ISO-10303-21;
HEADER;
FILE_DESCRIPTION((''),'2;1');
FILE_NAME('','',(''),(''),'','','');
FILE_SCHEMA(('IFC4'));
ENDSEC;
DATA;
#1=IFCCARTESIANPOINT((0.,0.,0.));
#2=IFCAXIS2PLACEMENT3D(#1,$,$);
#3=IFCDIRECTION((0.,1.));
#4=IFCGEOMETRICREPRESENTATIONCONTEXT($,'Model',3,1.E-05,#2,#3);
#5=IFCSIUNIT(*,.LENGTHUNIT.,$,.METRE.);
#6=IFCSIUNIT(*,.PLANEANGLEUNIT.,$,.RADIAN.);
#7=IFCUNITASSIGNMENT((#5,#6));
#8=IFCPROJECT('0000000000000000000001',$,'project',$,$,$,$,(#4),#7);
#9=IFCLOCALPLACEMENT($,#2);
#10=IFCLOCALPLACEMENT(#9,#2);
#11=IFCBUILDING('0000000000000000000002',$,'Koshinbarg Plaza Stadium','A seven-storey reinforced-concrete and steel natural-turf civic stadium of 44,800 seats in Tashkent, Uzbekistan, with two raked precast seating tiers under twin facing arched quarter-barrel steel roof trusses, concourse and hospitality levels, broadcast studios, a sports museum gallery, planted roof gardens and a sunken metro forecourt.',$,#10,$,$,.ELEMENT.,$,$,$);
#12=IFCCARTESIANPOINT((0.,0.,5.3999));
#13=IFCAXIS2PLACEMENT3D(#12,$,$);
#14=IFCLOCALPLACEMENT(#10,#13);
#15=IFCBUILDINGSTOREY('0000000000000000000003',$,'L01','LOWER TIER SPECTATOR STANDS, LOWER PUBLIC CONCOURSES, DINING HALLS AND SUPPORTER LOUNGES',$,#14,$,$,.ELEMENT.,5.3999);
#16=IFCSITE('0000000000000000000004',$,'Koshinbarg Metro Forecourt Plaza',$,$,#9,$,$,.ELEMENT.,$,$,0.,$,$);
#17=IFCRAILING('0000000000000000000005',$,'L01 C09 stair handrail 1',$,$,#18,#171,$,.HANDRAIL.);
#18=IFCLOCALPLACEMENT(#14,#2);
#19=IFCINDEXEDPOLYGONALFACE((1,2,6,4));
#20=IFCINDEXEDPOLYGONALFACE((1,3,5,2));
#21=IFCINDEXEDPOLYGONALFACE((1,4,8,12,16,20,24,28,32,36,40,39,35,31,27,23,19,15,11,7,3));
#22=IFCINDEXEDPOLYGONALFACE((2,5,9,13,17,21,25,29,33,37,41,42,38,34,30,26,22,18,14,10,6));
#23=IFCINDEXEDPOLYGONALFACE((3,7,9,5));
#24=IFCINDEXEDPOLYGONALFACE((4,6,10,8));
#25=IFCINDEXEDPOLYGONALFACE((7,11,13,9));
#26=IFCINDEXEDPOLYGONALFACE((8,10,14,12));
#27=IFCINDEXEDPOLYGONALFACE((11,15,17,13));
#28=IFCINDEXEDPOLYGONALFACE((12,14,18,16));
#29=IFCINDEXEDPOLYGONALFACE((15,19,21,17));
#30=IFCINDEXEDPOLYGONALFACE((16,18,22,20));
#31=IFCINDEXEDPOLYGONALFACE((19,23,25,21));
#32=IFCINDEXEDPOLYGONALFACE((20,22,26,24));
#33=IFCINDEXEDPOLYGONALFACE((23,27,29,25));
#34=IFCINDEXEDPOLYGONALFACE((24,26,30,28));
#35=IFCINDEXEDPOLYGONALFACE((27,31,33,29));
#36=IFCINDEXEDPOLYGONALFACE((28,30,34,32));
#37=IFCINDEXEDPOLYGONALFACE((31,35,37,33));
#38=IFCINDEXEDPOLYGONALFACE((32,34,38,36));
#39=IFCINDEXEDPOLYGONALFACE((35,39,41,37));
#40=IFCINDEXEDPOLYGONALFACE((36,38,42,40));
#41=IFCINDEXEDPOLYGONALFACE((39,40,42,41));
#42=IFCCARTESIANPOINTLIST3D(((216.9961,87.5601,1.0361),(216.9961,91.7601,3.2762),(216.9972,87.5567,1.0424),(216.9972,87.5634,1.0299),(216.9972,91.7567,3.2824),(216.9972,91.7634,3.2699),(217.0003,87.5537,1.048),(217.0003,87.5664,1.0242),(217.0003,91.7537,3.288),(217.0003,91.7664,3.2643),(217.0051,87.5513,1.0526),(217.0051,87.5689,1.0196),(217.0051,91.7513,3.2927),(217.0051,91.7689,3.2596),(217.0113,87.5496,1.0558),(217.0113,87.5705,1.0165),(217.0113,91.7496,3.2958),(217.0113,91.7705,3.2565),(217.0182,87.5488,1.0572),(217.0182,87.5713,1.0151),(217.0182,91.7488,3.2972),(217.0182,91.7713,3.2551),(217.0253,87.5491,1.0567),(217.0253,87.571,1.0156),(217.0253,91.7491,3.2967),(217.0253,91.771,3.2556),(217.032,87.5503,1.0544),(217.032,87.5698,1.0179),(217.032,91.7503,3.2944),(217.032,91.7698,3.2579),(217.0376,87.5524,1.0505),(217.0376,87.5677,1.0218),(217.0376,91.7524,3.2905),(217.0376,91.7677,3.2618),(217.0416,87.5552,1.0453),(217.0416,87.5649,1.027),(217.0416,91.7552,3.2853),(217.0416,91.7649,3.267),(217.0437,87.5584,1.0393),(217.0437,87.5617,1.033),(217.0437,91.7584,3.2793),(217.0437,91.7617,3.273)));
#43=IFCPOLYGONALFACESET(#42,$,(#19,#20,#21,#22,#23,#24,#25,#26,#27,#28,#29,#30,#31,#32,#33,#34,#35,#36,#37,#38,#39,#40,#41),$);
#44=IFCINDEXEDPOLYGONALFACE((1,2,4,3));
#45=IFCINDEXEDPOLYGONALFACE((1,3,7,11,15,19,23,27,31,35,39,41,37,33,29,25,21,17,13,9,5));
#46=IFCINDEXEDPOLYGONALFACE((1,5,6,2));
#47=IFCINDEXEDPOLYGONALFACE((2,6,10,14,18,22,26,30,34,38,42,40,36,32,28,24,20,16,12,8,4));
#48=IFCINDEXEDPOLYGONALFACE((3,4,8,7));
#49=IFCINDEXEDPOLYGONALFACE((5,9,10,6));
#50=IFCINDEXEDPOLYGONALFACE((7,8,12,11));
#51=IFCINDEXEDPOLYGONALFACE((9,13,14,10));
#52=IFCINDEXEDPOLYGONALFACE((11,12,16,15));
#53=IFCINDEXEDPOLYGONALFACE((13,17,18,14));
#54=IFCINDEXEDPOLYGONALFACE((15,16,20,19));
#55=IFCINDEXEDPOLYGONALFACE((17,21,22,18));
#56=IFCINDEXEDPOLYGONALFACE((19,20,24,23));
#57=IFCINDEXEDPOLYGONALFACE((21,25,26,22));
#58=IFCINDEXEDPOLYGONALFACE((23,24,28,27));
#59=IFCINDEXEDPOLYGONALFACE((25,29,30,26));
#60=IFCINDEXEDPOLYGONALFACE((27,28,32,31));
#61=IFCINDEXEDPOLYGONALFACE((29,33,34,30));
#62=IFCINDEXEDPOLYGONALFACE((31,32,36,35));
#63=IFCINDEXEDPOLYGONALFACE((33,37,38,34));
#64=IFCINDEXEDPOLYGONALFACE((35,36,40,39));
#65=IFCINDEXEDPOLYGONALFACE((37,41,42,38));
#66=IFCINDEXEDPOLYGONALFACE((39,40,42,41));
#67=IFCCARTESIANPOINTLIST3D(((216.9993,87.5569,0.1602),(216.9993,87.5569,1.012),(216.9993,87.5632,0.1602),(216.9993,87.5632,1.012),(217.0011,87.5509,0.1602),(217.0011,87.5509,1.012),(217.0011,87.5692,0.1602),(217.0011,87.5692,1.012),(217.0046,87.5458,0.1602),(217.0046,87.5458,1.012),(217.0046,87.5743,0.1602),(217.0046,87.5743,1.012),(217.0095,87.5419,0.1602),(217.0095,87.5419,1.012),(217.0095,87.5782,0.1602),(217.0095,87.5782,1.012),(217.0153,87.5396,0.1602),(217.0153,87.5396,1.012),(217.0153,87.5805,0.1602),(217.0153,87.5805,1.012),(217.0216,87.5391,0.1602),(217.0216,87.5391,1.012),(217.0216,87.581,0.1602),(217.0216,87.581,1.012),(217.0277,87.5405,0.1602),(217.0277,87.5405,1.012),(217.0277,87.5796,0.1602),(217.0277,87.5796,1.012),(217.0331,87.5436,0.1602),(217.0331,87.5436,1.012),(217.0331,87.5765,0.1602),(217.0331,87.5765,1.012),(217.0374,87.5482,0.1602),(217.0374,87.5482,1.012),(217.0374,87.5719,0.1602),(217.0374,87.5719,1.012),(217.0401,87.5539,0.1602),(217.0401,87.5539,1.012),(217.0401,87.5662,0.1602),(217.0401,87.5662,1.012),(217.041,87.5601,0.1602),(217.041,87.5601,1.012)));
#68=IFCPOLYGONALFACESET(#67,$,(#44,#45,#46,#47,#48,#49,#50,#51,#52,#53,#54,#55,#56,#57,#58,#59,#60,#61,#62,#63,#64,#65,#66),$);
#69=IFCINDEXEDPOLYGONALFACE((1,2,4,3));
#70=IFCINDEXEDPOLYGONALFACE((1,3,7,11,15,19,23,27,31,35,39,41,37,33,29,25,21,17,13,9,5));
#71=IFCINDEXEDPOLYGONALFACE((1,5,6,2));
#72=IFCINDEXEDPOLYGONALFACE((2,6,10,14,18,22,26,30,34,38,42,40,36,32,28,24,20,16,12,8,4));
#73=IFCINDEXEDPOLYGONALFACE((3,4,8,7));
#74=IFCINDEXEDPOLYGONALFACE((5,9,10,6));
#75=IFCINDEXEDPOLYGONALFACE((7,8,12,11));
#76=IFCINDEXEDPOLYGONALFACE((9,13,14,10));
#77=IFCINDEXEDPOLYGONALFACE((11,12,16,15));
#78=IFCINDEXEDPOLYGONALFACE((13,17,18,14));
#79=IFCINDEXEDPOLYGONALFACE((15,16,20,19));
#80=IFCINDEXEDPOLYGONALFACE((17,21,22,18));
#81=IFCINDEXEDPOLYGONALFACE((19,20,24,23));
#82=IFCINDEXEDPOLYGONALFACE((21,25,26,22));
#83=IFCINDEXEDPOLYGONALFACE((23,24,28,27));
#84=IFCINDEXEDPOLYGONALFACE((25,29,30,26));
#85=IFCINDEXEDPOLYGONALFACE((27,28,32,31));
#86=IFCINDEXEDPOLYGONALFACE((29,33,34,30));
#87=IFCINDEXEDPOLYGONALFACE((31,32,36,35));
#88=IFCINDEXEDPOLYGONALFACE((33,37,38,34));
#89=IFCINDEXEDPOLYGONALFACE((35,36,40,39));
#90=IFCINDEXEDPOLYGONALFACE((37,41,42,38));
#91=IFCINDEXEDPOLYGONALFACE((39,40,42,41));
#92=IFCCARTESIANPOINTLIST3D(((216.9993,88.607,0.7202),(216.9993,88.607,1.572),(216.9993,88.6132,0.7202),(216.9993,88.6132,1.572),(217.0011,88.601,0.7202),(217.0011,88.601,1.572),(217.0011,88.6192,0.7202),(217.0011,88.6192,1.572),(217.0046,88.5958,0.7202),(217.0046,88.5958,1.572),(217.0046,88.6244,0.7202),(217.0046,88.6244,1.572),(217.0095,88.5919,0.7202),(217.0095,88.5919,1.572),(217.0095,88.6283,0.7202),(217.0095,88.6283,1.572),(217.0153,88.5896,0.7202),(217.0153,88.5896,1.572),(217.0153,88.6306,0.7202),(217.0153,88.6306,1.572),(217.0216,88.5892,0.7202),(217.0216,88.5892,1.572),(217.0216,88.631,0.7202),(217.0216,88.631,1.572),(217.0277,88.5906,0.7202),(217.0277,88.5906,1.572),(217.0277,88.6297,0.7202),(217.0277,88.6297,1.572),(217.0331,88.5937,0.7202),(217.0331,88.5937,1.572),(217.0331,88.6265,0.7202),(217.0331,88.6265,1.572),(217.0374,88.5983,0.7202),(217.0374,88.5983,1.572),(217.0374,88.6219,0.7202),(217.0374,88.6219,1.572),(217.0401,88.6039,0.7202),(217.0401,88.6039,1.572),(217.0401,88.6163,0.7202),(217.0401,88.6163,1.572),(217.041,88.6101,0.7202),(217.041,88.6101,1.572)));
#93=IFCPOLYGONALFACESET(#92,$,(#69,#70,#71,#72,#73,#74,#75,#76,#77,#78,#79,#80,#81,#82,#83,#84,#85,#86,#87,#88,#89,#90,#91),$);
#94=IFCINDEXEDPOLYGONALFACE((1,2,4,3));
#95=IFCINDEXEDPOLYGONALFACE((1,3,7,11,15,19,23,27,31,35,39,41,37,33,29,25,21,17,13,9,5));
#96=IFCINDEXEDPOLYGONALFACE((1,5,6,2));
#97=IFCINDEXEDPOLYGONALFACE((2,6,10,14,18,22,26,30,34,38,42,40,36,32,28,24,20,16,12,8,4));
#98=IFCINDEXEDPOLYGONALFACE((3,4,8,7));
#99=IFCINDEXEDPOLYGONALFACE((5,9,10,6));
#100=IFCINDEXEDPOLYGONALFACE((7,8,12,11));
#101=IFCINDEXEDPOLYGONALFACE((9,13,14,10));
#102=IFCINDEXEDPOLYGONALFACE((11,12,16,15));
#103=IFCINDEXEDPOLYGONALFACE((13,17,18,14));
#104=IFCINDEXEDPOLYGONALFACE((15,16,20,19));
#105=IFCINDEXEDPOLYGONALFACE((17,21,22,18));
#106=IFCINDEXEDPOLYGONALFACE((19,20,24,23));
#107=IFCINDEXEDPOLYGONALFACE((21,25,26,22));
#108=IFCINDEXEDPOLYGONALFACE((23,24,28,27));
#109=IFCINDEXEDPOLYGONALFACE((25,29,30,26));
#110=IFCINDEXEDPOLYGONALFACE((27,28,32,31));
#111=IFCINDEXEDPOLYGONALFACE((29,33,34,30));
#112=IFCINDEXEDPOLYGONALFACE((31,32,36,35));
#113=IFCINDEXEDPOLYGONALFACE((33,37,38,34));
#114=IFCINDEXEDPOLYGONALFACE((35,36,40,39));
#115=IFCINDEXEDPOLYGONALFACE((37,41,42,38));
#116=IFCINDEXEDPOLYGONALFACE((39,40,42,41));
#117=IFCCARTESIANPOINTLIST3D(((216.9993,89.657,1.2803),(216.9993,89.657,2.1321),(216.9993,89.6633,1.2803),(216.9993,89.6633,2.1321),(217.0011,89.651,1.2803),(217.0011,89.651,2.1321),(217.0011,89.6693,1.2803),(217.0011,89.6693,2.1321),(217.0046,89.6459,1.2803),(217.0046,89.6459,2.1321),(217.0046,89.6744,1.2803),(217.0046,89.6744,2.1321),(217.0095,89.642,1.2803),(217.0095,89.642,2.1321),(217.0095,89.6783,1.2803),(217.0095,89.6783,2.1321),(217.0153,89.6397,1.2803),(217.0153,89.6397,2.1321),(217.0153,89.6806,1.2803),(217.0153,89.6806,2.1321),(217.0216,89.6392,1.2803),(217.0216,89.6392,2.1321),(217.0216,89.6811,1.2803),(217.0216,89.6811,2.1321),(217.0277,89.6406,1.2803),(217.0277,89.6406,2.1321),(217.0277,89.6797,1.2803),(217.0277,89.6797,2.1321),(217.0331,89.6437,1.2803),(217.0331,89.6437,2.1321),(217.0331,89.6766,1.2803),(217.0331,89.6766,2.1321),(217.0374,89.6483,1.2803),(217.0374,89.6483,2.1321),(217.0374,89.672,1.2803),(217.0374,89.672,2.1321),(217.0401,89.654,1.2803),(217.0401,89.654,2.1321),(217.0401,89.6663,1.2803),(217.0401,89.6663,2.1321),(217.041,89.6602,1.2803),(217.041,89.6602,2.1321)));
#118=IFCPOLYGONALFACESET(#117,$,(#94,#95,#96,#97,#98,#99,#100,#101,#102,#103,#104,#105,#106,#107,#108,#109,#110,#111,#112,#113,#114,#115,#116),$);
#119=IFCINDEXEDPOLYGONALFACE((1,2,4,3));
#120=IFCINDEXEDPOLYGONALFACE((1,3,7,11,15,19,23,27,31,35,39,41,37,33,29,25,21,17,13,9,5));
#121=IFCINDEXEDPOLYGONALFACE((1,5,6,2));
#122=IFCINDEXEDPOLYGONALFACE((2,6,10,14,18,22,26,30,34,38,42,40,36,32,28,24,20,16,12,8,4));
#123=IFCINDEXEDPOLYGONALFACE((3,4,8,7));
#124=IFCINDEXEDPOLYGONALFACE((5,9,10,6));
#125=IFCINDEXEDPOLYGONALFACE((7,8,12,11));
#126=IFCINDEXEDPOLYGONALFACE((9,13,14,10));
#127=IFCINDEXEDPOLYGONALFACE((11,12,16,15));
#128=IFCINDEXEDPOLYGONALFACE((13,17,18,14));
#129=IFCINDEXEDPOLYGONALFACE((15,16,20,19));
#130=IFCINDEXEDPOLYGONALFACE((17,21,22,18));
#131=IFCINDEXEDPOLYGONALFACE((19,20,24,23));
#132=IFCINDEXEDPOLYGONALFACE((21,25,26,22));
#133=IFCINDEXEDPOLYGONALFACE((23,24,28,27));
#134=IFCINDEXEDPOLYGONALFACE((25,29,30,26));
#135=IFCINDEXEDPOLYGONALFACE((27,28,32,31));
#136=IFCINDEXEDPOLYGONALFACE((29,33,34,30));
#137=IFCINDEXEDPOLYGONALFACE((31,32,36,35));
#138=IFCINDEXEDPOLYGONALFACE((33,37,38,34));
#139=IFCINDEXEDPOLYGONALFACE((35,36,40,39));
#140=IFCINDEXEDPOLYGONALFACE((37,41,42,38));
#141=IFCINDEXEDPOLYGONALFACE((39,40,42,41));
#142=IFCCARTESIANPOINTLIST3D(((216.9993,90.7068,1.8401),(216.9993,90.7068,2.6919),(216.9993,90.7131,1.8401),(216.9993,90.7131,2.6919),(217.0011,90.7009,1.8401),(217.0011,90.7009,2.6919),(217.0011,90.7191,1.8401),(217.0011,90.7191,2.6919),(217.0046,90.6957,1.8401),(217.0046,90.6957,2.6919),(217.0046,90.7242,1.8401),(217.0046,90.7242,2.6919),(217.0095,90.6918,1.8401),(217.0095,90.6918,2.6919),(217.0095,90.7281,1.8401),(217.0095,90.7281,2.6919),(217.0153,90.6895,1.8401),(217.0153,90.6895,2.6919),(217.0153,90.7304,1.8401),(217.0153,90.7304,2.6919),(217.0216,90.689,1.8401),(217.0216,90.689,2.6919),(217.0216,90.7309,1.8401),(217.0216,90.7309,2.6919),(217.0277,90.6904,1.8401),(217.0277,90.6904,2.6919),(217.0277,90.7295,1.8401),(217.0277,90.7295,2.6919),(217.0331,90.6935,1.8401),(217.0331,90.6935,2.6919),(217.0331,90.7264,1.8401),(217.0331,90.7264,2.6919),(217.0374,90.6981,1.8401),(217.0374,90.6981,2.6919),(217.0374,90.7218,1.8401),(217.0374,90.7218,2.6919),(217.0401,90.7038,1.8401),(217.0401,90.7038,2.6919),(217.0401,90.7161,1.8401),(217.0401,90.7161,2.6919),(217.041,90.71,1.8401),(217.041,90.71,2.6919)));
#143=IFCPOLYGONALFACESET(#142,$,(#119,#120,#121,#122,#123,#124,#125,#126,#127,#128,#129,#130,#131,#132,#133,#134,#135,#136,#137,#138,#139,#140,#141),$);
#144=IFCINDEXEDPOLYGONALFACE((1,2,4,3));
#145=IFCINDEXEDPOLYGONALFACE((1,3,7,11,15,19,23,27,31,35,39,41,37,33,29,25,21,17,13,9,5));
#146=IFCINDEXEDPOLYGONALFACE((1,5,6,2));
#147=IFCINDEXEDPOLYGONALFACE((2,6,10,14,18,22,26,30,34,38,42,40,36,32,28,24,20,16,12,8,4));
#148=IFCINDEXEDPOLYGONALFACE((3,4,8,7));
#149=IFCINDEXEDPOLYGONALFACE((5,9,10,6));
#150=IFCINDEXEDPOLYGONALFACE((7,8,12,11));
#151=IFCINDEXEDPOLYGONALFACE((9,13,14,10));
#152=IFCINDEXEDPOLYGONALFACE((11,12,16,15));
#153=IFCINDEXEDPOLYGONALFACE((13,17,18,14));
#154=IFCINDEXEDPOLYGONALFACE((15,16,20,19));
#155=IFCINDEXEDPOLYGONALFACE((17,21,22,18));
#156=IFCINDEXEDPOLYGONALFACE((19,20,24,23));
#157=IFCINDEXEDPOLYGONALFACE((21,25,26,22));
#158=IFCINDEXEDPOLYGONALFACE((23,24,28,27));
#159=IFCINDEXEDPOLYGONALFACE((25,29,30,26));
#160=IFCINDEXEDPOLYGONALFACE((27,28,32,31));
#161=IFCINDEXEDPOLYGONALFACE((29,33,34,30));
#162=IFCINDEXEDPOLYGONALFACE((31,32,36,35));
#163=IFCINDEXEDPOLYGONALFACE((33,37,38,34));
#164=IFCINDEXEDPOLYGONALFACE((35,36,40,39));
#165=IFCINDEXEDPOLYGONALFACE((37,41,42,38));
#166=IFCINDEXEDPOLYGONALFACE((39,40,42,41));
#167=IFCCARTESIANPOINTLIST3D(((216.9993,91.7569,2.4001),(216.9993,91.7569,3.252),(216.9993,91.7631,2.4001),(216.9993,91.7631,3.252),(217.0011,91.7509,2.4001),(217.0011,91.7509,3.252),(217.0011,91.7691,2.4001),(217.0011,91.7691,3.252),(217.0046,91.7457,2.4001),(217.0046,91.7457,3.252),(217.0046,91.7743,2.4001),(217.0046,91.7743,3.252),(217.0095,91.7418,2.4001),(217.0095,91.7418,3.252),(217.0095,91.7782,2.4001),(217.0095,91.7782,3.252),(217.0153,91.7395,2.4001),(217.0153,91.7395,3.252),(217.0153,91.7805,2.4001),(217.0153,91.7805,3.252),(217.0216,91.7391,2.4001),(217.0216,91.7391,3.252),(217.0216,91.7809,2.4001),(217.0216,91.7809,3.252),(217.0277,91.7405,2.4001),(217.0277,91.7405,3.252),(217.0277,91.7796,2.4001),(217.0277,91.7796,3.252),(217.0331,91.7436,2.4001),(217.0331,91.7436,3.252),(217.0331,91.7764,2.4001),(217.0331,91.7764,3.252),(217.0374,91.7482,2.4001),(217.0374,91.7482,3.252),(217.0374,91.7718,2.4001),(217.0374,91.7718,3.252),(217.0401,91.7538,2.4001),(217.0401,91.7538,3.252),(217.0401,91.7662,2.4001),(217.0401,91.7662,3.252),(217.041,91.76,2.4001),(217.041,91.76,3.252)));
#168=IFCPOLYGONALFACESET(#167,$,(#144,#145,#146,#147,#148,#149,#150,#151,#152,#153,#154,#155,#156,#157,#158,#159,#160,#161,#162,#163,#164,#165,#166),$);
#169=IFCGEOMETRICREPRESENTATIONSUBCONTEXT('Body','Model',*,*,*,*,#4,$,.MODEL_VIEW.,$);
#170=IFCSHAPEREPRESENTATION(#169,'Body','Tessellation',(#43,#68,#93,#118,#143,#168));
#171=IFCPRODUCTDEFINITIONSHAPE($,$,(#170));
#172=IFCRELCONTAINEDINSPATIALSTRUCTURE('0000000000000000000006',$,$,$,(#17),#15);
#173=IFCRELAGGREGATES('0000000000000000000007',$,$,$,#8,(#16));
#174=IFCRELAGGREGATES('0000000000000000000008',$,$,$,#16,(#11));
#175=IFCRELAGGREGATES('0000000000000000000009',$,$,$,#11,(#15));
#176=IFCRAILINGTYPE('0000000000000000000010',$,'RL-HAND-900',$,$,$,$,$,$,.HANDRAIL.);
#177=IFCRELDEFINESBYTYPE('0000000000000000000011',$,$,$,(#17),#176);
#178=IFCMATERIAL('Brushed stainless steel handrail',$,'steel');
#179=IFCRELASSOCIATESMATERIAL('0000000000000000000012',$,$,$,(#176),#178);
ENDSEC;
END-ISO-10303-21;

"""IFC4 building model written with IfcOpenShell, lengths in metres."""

from ifc_helpers import new_model, si_unit, direction, frame, origin, origin_2d, place, context, subcontext, project, spatial, circle, extrude, material, type_object, element, save


model = new_model("IFC4")

# Units and contexts
model_context = context("Model", 3, precision=1e-05, world=origin(), true_north=direction((0.0, 1.0)))
body_context = subcontext(model_context, "Body", "Model", "MODEL_VIEW")
ifc_project = project(units=[si_unit("LENGTHUNIT", "METRE"), si_unit("PLANEANGLEUNIT", "RADIAN")], contexts=[model_context])

# Site, building, storey
site_placement = place(None, origin())
site = spatial("IfcSite", under=ifc_project, at=site_placement, Name="Koshinbarg Metro Forecourt Plaza", CompositionType="ELEMENT", RefElevation=0.0)
building_placement = place(site_placement, origin())
building = spatial("IfcBuilding", under=site, at=building_placement, Name="Koshinbarg Plaza Stadium", Description="A seven-storey reinforced-concrete and steel natural-turf civic stadium of 44,800 seats in Tashkent, Uzbekistan, with two raked precast seating tiers under twin facing arched quarter-barrel steel roof trusses, concourse and hospitality levels, broadcast studios, a sports museum gallery, planted roof gardens and a sunken metro forecourt.", CompositionType="ELEMENT")
storey_placement = place(building_placement, frame((0.0, 0.0, 5.3999)))
storey = spatial("IfcBuildingStorey", under=building, at=storey_placement, Name="L01", Description="LOWER TIER SPECTATOR STANDS, LOWER PUBLIC CONCOURSES, DINING HALLS AND SUPPORTER LOUNGES", CompositionType="ELEMENT", Elevation=5.3999)

# Railing
ifc_material_1 = material(Name="Brushed stainless steel handrail", Category="steel")
railing_type_1 = type_object("IfcRailingType", Name="RL-HAND-900", PredefinedType="HANDRAIL", material=ifc_material_1)
railing_1_placement = place(storey_placement, frame((217.02, 87.5601, 0.1602)))
element("IfcRailing", 1, at=railing_1_placement, inside=storey, type_object=railing_type_1, Name="L01 C09 stair handrail 1", PredefinedType="HANDRAIL", context=body_context, shape_type="SweptSolid", body=[
    extrude(circle(Radius=0.0239, at=origin_2d()), frame((0.0, 0.0, 0.876), z_axis=(0.0, 0.882352, 0.470591), x_axis=(-1.0, 0.0, 0.0)), (0.0, 0.0, 1.0), 4.76),
    extrude(circle(Radius=0.021, at=origin_2d()), origin(), (0.0, 0.0, 1.0), 0.8518),
    extrude(circle(Radius=0.021, at=origin_2d()), frame((0.0, 1.05, 0.5601)), (0.0, 0.0, 1.0), 0.8518),
    extrude(circle(Radius=0.021, at=origin_2d()), frame((0.0, 2.1001, 1.1201)), (0.0, 0.0, 1.0), 0.8518),
    extrude(circle(Radius=0.021, at=origin_2d()), frame((0.0, 3.1499, 1.6799)), (0.0, 0.0, 1.0), 0.8518),
    extrude(circle(Radius=0.021, at=origin_2d()), frame((0.0, 4.2, 2.24)), (0.0, 0.0, 1.0), 0.8518),
])

save(model, "model.ifc")
